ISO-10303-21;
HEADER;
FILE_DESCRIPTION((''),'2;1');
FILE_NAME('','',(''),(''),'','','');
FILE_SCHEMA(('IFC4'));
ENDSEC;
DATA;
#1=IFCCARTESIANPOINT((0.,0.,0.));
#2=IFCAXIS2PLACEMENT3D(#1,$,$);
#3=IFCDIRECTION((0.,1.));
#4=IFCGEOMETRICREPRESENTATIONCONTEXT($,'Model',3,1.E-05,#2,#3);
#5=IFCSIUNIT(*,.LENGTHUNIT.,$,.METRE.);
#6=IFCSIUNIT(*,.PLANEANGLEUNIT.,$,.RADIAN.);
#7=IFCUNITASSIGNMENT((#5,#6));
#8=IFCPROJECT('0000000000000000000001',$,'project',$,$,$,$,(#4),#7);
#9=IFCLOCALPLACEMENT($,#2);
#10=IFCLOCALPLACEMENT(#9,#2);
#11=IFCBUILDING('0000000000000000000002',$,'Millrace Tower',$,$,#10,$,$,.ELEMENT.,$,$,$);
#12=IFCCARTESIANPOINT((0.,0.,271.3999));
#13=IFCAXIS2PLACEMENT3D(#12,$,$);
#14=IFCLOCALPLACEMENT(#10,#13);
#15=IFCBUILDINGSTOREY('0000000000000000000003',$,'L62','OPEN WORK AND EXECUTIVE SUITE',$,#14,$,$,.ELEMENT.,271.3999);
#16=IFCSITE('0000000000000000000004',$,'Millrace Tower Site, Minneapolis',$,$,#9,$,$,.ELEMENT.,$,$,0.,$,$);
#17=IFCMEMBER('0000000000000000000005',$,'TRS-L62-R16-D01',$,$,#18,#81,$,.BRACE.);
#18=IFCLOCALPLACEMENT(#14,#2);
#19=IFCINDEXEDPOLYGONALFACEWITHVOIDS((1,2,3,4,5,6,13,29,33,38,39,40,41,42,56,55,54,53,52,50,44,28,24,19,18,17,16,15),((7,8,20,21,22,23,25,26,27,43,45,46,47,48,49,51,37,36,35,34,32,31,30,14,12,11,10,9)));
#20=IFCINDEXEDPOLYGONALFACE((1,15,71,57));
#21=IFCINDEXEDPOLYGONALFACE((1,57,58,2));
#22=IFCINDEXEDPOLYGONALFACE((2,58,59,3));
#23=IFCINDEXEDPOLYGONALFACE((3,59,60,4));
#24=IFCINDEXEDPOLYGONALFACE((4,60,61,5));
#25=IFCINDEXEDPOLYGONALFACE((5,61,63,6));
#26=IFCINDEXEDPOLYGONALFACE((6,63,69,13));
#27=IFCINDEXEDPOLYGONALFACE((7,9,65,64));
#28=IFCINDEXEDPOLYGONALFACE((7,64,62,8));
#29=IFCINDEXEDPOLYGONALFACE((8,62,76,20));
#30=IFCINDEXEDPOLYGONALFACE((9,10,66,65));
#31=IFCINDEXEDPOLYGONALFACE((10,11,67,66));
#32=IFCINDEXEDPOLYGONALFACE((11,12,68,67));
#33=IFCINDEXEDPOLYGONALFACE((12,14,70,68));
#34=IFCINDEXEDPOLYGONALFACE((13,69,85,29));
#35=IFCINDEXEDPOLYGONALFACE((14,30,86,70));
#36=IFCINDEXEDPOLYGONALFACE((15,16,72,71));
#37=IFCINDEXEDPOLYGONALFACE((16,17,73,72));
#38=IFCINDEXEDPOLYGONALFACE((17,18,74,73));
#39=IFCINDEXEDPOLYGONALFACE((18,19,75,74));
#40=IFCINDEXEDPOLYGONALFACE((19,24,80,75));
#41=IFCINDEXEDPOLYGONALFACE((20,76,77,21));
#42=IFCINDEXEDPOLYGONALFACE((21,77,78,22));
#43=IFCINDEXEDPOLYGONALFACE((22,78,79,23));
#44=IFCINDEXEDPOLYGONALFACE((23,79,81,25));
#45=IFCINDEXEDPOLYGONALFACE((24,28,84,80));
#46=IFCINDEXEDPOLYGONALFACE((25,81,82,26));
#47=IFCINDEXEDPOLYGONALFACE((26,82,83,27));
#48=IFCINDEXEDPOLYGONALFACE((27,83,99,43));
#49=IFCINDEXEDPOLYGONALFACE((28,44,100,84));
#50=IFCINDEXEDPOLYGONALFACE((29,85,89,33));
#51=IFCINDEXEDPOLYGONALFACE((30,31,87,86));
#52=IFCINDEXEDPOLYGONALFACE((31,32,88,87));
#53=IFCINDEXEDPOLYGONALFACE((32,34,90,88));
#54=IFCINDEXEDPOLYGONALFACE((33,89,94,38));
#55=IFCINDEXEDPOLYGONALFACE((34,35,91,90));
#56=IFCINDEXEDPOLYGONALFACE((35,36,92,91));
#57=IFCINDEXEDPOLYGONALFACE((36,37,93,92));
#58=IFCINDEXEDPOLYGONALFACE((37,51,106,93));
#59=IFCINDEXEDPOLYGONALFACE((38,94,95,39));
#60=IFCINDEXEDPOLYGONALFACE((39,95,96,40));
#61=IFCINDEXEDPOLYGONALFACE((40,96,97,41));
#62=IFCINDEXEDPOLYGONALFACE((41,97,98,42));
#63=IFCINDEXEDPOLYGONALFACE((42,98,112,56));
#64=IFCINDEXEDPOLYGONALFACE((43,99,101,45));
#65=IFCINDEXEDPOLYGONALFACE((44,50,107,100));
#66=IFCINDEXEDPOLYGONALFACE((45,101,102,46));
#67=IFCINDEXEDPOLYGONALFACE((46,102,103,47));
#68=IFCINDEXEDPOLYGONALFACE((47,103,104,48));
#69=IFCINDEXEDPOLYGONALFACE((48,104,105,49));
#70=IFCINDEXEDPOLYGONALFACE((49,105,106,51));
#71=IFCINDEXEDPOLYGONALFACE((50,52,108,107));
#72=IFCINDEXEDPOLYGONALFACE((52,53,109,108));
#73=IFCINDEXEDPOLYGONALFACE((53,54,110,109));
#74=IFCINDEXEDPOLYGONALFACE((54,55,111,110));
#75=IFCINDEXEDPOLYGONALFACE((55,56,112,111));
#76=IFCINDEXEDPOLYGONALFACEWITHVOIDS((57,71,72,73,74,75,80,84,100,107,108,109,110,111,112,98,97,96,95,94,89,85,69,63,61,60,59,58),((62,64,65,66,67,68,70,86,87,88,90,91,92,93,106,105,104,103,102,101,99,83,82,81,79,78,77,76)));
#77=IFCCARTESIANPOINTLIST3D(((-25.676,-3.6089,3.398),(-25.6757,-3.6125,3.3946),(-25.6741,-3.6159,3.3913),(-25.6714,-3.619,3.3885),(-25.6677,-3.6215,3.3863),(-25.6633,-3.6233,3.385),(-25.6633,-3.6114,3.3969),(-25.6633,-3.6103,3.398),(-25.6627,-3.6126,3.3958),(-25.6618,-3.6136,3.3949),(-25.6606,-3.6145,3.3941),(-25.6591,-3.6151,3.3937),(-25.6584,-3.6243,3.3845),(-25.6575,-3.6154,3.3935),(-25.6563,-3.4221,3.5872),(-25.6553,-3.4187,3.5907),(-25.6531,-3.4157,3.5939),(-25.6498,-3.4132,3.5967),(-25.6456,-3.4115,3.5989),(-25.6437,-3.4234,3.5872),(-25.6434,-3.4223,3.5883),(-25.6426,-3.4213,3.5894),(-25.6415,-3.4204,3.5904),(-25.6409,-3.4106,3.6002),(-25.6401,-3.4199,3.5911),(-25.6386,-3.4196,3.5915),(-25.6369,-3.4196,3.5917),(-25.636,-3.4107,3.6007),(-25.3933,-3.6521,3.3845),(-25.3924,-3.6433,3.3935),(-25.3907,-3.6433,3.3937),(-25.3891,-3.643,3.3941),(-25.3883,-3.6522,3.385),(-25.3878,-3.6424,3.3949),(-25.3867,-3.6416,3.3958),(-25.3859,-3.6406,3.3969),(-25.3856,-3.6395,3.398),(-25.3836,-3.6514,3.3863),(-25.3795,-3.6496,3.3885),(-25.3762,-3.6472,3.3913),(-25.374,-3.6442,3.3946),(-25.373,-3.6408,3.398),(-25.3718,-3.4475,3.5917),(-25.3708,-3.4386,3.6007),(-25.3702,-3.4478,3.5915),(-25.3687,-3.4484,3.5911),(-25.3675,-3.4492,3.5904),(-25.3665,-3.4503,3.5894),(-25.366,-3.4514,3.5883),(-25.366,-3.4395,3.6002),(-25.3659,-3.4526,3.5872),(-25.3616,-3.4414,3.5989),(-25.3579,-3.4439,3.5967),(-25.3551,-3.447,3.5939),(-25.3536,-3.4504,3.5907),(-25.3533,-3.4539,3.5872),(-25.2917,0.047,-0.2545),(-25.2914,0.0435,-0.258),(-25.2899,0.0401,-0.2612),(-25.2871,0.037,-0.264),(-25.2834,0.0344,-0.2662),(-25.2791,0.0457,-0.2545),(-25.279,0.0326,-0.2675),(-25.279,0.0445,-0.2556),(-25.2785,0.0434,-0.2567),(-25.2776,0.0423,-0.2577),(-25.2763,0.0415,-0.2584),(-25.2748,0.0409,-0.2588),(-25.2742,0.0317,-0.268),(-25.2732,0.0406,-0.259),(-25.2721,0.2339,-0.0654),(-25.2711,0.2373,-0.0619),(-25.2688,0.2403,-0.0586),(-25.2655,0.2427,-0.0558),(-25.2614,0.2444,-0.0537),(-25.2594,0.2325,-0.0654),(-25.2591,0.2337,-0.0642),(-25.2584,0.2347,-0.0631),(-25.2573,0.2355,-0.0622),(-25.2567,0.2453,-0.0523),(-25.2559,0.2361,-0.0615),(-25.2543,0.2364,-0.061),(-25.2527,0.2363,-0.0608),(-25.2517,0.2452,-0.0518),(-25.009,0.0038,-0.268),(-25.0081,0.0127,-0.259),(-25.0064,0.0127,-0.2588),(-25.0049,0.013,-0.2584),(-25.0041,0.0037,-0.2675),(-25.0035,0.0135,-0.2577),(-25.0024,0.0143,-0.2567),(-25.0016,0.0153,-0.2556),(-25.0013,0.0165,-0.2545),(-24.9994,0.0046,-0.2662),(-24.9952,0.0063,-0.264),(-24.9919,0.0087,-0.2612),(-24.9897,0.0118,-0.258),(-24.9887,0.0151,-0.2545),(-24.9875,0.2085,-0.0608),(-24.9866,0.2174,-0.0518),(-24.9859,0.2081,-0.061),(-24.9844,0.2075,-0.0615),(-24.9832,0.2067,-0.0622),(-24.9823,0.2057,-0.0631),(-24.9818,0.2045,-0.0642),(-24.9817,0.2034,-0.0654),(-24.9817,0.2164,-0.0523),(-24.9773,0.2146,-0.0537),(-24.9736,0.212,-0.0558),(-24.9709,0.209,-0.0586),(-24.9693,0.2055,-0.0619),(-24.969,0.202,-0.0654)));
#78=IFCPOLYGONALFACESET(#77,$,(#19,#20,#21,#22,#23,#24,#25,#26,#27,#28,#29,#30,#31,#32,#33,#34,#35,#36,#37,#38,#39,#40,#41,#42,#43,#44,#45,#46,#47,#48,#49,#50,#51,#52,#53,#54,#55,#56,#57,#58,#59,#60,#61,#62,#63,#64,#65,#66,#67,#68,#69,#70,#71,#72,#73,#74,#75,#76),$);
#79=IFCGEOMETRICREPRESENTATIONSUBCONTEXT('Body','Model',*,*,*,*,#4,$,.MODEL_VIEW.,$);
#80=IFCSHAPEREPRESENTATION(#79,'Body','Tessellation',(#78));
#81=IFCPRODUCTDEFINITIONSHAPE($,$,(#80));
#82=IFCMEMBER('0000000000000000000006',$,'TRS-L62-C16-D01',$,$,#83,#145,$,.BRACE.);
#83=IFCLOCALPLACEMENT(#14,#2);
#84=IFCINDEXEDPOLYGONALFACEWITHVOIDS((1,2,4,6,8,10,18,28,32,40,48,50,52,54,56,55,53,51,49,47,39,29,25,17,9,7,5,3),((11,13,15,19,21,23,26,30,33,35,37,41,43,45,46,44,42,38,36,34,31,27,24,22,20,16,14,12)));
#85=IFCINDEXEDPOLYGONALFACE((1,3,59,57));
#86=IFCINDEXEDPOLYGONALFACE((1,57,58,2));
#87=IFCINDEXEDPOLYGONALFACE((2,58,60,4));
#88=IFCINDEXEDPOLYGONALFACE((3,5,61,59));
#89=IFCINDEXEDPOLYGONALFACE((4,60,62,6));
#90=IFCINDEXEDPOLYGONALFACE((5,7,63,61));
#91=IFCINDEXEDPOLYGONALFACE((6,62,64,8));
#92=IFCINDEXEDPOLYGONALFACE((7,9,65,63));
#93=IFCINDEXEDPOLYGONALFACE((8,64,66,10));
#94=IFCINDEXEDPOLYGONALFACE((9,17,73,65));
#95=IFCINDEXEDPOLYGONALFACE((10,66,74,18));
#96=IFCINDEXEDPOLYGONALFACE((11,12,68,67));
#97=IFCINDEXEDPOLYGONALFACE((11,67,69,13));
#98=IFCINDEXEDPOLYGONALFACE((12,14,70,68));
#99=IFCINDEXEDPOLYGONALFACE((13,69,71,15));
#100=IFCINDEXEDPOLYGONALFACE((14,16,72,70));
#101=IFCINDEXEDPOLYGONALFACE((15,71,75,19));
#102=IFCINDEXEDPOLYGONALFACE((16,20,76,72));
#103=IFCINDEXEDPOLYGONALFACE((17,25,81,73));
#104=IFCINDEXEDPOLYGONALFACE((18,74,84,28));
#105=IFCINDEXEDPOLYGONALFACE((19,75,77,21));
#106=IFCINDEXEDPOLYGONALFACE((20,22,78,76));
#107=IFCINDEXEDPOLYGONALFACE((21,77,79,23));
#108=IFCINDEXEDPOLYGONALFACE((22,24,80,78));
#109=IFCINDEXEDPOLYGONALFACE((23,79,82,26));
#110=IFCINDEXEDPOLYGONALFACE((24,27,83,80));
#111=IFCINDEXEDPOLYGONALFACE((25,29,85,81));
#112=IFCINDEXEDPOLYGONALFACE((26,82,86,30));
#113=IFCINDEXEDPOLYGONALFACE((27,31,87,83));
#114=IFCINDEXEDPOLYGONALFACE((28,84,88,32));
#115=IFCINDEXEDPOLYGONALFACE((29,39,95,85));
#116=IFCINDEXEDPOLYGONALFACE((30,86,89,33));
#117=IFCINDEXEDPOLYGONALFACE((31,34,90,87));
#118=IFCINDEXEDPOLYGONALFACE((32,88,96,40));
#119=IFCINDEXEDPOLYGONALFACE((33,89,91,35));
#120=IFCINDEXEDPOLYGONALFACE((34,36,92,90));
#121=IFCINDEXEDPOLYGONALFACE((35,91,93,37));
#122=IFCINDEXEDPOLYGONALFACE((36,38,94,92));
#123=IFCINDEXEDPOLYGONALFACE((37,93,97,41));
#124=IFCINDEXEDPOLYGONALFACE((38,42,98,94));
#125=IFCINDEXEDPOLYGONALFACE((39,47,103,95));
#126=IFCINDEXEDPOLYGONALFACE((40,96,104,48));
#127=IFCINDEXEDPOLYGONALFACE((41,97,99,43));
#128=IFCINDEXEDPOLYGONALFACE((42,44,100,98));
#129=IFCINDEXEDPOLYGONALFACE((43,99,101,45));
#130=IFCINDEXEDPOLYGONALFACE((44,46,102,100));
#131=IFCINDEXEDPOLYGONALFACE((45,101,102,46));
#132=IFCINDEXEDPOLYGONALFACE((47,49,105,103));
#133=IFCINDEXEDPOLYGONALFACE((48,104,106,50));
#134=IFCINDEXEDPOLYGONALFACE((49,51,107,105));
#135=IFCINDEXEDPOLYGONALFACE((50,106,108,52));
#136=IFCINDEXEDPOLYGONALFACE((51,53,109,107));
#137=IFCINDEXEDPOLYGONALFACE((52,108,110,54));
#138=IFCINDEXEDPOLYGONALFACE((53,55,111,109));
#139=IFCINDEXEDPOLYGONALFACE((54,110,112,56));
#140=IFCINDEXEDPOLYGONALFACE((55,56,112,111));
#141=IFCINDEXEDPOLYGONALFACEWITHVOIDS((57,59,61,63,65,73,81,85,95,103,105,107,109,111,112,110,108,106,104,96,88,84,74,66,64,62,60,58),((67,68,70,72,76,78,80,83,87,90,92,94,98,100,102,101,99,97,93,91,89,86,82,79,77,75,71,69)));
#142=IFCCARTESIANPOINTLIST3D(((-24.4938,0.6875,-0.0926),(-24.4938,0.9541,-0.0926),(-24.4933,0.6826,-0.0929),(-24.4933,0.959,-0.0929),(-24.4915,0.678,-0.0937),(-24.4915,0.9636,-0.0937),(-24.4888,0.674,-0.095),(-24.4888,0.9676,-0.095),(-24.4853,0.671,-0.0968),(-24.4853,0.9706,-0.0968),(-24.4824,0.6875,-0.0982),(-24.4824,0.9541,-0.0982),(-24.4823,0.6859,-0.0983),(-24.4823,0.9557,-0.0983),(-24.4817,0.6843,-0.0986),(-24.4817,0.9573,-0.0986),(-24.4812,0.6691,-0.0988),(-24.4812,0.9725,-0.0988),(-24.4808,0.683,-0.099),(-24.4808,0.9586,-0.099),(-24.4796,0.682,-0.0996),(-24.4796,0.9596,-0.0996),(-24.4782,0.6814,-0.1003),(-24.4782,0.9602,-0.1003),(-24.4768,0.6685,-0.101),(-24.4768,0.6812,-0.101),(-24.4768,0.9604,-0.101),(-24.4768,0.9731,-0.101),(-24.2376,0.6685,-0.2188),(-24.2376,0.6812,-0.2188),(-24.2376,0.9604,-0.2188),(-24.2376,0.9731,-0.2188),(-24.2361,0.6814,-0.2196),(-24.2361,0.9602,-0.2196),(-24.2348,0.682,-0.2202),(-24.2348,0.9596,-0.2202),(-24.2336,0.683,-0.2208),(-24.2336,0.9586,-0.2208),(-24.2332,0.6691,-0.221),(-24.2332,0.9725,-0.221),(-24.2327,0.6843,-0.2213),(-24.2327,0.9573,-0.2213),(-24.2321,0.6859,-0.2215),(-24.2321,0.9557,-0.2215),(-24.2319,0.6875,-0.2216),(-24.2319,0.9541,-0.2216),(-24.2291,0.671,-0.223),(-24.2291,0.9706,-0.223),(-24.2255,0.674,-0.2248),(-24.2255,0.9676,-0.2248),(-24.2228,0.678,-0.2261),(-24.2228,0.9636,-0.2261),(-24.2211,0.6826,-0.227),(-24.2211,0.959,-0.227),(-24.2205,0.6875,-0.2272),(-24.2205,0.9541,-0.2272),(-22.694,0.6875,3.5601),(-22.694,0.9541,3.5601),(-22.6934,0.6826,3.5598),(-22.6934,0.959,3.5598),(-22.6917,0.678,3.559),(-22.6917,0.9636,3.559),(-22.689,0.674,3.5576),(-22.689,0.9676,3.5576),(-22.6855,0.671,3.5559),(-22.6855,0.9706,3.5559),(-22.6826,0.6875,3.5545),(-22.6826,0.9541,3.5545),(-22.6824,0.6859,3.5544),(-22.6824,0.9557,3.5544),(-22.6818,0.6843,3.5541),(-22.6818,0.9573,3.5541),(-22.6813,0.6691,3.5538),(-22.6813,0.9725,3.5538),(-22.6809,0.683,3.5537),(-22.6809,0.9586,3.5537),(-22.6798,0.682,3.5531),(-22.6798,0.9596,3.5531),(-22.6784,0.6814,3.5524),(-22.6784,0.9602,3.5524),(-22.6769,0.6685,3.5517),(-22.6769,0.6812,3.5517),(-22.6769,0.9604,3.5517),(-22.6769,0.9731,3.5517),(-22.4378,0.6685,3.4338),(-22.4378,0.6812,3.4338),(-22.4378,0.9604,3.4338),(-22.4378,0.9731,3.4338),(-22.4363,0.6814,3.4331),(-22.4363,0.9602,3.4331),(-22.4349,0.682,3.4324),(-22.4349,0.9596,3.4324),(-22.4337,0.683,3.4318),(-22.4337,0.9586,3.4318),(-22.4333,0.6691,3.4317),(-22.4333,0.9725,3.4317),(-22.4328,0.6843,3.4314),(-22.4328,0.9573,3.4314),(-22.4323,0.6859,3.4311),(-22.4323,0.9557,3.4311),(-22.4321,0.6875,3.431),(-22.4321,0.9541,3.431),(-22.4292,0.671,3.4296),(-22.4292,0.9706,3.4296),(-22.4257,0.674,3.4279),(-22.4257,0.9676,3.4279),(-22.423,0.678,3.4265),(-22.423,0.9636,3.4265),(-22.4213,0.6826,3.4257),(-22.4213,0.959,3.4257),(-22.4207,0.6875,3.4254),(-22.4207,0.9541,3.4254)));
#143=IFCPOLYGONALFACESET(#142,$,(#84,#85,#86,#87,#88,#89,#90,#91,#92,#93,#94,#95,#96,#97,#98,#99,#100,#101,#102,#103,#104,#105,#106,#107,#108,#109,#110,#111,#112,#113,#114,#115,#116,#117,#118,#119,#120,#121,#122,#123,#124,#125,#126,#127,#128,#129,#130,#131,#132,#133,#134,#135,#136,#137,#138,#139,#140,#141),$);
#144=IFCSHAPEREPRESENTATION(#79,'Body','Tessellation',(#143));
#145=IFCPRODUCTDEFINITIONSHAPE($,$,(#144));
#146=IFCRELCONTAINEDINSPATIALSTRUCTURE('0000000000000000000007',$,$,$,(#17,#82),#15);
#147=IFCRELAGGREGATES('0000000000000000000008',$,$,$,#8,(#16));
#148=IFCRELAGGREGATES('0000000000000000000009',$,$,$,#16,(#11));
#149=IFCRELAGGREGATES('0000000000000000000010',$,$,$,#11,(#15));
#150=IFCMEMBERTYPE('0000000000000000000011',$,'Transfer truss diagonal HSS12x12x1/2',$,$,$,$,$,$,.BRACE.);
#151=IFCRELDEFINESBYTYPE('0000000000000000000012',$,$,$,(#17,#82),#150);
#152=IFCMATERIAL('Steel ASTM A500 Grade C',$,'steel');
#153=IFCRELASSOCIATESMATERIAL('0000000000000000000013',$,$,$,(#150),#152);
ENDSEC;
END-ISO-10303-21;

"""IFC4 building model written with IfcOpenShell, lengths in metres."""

from ifc_helpers import new_model, si_unit, direction, frame, origin, origin_2d, place, context, subcontext, project, spatial, hollow_rectangle, extrude, material, material_profile, profile_set, type_object, element, save


model = new_model("IFC4")

# Units and contexts
model_context = context("Model", 3, precision=1e-05, world=origin(), true_north=direction((0.0, 1.0)))
body_context = subcontext(model_context, "Body", "Model", "MODEL_VIEW")
ifc_project = project(units=[si_unit("LENGTHUNIT", "METRE"), si_unit("PLANEANGLEUNIT", "RADIAN")], contexts=[model_context])

# Site, building, storey
site_placement = place(None, origin())
site = spatial("IfcSite", under=ifc_project, at=site_placement, Name="Millrace Tower Site, Minneapolis", CompositionType="ELEMENT", RefElevation=0.0)
building_placement = place(site_placement, origin())
building = spatial("IfcBuilding", under=site, at=building_placement, Name="Millrace Tower", CompositionType="ELEMENT")
storey_placement = place(building_placement, frame((0.0, 0.0, 271.3999)))
storey = spatial("IfcBuildingStorey", under=building, at=storey_placement, Name="L62", Description="OPEN WORK AND EXECUTIVE SUITE", CompositionType="ELEMENT", Elevation=271.3999)

# Members
ifc_material_1 = material(Name="Steel ASTM A500 Grade C", Category="steel")
ifc_material_profile_1 = material_profile(ifc_material_1, hollow_rectangle(XDim=0.3047, YDim=0.3047, WallThickness=0.0127, InnerFilletRadius=0.0063, OuterFilletRadius=0.019, at=origin_2d()))
ifc_profile_set_1 = profile_set([ifc_material_profile_1], Name="Steel ASTM A500 Grade C")
member_type_1 = type_object("IfcMemberType", Name="Transfer truss diagonal HSS12x12x1/2", PredefinedType="BRACE", material=ifc_profile_set_1)
member_1_placement = place(storey_placement, frame((-25.1304, 0.1245, -0.1599), z_axis=(-0.074153, -0.70549, 0.70483), x_axis=(0.994521, -0.104533, 0.0)))
element("IfcMember", 1, at=member_1_placement, inside=storey, type_object=member_type_1, Name="TRS-L62-R16-D01", PredefinedType="BRACE", context=body_context, shape_type="SweptSolid", body=[
    extrude(hollow_rectangle(XDim=0.3047, YDim=0.3047, WallThickness=0.0127, InnerFilletRadius=0.0063, OuterFilletRadius=0.019, at=origin_2d()), origin(), (0.0, 0.0, 1.0), 5.1821),
])
member_2_placement = place(storey_placement, frame((-24.3572, 0.8208, -0.1599), z_axis=(0.442002, 0.0, 0.897014), x_axis=(0.0, 1.0, 0.0)))
element("IfcMember", 2, at=member_2_placement, inside=storey, type_object=member_type_1, Name="TRS-L62-C16-D01", PredefinedType="BRACE", context=body_context, shape_type="SweptSolid", body=[
    extrude(hollow_rectangle(XDim=0.3047, YDim=0.3047, WallThickness=0.0127, InnerFilletRadius=0.0063, OuterFilletRadius=0.019, at=origin_2d()), origin(), (0.0, 0.0, 1.0), 4.072),
])

save(model, "model.ifc")
